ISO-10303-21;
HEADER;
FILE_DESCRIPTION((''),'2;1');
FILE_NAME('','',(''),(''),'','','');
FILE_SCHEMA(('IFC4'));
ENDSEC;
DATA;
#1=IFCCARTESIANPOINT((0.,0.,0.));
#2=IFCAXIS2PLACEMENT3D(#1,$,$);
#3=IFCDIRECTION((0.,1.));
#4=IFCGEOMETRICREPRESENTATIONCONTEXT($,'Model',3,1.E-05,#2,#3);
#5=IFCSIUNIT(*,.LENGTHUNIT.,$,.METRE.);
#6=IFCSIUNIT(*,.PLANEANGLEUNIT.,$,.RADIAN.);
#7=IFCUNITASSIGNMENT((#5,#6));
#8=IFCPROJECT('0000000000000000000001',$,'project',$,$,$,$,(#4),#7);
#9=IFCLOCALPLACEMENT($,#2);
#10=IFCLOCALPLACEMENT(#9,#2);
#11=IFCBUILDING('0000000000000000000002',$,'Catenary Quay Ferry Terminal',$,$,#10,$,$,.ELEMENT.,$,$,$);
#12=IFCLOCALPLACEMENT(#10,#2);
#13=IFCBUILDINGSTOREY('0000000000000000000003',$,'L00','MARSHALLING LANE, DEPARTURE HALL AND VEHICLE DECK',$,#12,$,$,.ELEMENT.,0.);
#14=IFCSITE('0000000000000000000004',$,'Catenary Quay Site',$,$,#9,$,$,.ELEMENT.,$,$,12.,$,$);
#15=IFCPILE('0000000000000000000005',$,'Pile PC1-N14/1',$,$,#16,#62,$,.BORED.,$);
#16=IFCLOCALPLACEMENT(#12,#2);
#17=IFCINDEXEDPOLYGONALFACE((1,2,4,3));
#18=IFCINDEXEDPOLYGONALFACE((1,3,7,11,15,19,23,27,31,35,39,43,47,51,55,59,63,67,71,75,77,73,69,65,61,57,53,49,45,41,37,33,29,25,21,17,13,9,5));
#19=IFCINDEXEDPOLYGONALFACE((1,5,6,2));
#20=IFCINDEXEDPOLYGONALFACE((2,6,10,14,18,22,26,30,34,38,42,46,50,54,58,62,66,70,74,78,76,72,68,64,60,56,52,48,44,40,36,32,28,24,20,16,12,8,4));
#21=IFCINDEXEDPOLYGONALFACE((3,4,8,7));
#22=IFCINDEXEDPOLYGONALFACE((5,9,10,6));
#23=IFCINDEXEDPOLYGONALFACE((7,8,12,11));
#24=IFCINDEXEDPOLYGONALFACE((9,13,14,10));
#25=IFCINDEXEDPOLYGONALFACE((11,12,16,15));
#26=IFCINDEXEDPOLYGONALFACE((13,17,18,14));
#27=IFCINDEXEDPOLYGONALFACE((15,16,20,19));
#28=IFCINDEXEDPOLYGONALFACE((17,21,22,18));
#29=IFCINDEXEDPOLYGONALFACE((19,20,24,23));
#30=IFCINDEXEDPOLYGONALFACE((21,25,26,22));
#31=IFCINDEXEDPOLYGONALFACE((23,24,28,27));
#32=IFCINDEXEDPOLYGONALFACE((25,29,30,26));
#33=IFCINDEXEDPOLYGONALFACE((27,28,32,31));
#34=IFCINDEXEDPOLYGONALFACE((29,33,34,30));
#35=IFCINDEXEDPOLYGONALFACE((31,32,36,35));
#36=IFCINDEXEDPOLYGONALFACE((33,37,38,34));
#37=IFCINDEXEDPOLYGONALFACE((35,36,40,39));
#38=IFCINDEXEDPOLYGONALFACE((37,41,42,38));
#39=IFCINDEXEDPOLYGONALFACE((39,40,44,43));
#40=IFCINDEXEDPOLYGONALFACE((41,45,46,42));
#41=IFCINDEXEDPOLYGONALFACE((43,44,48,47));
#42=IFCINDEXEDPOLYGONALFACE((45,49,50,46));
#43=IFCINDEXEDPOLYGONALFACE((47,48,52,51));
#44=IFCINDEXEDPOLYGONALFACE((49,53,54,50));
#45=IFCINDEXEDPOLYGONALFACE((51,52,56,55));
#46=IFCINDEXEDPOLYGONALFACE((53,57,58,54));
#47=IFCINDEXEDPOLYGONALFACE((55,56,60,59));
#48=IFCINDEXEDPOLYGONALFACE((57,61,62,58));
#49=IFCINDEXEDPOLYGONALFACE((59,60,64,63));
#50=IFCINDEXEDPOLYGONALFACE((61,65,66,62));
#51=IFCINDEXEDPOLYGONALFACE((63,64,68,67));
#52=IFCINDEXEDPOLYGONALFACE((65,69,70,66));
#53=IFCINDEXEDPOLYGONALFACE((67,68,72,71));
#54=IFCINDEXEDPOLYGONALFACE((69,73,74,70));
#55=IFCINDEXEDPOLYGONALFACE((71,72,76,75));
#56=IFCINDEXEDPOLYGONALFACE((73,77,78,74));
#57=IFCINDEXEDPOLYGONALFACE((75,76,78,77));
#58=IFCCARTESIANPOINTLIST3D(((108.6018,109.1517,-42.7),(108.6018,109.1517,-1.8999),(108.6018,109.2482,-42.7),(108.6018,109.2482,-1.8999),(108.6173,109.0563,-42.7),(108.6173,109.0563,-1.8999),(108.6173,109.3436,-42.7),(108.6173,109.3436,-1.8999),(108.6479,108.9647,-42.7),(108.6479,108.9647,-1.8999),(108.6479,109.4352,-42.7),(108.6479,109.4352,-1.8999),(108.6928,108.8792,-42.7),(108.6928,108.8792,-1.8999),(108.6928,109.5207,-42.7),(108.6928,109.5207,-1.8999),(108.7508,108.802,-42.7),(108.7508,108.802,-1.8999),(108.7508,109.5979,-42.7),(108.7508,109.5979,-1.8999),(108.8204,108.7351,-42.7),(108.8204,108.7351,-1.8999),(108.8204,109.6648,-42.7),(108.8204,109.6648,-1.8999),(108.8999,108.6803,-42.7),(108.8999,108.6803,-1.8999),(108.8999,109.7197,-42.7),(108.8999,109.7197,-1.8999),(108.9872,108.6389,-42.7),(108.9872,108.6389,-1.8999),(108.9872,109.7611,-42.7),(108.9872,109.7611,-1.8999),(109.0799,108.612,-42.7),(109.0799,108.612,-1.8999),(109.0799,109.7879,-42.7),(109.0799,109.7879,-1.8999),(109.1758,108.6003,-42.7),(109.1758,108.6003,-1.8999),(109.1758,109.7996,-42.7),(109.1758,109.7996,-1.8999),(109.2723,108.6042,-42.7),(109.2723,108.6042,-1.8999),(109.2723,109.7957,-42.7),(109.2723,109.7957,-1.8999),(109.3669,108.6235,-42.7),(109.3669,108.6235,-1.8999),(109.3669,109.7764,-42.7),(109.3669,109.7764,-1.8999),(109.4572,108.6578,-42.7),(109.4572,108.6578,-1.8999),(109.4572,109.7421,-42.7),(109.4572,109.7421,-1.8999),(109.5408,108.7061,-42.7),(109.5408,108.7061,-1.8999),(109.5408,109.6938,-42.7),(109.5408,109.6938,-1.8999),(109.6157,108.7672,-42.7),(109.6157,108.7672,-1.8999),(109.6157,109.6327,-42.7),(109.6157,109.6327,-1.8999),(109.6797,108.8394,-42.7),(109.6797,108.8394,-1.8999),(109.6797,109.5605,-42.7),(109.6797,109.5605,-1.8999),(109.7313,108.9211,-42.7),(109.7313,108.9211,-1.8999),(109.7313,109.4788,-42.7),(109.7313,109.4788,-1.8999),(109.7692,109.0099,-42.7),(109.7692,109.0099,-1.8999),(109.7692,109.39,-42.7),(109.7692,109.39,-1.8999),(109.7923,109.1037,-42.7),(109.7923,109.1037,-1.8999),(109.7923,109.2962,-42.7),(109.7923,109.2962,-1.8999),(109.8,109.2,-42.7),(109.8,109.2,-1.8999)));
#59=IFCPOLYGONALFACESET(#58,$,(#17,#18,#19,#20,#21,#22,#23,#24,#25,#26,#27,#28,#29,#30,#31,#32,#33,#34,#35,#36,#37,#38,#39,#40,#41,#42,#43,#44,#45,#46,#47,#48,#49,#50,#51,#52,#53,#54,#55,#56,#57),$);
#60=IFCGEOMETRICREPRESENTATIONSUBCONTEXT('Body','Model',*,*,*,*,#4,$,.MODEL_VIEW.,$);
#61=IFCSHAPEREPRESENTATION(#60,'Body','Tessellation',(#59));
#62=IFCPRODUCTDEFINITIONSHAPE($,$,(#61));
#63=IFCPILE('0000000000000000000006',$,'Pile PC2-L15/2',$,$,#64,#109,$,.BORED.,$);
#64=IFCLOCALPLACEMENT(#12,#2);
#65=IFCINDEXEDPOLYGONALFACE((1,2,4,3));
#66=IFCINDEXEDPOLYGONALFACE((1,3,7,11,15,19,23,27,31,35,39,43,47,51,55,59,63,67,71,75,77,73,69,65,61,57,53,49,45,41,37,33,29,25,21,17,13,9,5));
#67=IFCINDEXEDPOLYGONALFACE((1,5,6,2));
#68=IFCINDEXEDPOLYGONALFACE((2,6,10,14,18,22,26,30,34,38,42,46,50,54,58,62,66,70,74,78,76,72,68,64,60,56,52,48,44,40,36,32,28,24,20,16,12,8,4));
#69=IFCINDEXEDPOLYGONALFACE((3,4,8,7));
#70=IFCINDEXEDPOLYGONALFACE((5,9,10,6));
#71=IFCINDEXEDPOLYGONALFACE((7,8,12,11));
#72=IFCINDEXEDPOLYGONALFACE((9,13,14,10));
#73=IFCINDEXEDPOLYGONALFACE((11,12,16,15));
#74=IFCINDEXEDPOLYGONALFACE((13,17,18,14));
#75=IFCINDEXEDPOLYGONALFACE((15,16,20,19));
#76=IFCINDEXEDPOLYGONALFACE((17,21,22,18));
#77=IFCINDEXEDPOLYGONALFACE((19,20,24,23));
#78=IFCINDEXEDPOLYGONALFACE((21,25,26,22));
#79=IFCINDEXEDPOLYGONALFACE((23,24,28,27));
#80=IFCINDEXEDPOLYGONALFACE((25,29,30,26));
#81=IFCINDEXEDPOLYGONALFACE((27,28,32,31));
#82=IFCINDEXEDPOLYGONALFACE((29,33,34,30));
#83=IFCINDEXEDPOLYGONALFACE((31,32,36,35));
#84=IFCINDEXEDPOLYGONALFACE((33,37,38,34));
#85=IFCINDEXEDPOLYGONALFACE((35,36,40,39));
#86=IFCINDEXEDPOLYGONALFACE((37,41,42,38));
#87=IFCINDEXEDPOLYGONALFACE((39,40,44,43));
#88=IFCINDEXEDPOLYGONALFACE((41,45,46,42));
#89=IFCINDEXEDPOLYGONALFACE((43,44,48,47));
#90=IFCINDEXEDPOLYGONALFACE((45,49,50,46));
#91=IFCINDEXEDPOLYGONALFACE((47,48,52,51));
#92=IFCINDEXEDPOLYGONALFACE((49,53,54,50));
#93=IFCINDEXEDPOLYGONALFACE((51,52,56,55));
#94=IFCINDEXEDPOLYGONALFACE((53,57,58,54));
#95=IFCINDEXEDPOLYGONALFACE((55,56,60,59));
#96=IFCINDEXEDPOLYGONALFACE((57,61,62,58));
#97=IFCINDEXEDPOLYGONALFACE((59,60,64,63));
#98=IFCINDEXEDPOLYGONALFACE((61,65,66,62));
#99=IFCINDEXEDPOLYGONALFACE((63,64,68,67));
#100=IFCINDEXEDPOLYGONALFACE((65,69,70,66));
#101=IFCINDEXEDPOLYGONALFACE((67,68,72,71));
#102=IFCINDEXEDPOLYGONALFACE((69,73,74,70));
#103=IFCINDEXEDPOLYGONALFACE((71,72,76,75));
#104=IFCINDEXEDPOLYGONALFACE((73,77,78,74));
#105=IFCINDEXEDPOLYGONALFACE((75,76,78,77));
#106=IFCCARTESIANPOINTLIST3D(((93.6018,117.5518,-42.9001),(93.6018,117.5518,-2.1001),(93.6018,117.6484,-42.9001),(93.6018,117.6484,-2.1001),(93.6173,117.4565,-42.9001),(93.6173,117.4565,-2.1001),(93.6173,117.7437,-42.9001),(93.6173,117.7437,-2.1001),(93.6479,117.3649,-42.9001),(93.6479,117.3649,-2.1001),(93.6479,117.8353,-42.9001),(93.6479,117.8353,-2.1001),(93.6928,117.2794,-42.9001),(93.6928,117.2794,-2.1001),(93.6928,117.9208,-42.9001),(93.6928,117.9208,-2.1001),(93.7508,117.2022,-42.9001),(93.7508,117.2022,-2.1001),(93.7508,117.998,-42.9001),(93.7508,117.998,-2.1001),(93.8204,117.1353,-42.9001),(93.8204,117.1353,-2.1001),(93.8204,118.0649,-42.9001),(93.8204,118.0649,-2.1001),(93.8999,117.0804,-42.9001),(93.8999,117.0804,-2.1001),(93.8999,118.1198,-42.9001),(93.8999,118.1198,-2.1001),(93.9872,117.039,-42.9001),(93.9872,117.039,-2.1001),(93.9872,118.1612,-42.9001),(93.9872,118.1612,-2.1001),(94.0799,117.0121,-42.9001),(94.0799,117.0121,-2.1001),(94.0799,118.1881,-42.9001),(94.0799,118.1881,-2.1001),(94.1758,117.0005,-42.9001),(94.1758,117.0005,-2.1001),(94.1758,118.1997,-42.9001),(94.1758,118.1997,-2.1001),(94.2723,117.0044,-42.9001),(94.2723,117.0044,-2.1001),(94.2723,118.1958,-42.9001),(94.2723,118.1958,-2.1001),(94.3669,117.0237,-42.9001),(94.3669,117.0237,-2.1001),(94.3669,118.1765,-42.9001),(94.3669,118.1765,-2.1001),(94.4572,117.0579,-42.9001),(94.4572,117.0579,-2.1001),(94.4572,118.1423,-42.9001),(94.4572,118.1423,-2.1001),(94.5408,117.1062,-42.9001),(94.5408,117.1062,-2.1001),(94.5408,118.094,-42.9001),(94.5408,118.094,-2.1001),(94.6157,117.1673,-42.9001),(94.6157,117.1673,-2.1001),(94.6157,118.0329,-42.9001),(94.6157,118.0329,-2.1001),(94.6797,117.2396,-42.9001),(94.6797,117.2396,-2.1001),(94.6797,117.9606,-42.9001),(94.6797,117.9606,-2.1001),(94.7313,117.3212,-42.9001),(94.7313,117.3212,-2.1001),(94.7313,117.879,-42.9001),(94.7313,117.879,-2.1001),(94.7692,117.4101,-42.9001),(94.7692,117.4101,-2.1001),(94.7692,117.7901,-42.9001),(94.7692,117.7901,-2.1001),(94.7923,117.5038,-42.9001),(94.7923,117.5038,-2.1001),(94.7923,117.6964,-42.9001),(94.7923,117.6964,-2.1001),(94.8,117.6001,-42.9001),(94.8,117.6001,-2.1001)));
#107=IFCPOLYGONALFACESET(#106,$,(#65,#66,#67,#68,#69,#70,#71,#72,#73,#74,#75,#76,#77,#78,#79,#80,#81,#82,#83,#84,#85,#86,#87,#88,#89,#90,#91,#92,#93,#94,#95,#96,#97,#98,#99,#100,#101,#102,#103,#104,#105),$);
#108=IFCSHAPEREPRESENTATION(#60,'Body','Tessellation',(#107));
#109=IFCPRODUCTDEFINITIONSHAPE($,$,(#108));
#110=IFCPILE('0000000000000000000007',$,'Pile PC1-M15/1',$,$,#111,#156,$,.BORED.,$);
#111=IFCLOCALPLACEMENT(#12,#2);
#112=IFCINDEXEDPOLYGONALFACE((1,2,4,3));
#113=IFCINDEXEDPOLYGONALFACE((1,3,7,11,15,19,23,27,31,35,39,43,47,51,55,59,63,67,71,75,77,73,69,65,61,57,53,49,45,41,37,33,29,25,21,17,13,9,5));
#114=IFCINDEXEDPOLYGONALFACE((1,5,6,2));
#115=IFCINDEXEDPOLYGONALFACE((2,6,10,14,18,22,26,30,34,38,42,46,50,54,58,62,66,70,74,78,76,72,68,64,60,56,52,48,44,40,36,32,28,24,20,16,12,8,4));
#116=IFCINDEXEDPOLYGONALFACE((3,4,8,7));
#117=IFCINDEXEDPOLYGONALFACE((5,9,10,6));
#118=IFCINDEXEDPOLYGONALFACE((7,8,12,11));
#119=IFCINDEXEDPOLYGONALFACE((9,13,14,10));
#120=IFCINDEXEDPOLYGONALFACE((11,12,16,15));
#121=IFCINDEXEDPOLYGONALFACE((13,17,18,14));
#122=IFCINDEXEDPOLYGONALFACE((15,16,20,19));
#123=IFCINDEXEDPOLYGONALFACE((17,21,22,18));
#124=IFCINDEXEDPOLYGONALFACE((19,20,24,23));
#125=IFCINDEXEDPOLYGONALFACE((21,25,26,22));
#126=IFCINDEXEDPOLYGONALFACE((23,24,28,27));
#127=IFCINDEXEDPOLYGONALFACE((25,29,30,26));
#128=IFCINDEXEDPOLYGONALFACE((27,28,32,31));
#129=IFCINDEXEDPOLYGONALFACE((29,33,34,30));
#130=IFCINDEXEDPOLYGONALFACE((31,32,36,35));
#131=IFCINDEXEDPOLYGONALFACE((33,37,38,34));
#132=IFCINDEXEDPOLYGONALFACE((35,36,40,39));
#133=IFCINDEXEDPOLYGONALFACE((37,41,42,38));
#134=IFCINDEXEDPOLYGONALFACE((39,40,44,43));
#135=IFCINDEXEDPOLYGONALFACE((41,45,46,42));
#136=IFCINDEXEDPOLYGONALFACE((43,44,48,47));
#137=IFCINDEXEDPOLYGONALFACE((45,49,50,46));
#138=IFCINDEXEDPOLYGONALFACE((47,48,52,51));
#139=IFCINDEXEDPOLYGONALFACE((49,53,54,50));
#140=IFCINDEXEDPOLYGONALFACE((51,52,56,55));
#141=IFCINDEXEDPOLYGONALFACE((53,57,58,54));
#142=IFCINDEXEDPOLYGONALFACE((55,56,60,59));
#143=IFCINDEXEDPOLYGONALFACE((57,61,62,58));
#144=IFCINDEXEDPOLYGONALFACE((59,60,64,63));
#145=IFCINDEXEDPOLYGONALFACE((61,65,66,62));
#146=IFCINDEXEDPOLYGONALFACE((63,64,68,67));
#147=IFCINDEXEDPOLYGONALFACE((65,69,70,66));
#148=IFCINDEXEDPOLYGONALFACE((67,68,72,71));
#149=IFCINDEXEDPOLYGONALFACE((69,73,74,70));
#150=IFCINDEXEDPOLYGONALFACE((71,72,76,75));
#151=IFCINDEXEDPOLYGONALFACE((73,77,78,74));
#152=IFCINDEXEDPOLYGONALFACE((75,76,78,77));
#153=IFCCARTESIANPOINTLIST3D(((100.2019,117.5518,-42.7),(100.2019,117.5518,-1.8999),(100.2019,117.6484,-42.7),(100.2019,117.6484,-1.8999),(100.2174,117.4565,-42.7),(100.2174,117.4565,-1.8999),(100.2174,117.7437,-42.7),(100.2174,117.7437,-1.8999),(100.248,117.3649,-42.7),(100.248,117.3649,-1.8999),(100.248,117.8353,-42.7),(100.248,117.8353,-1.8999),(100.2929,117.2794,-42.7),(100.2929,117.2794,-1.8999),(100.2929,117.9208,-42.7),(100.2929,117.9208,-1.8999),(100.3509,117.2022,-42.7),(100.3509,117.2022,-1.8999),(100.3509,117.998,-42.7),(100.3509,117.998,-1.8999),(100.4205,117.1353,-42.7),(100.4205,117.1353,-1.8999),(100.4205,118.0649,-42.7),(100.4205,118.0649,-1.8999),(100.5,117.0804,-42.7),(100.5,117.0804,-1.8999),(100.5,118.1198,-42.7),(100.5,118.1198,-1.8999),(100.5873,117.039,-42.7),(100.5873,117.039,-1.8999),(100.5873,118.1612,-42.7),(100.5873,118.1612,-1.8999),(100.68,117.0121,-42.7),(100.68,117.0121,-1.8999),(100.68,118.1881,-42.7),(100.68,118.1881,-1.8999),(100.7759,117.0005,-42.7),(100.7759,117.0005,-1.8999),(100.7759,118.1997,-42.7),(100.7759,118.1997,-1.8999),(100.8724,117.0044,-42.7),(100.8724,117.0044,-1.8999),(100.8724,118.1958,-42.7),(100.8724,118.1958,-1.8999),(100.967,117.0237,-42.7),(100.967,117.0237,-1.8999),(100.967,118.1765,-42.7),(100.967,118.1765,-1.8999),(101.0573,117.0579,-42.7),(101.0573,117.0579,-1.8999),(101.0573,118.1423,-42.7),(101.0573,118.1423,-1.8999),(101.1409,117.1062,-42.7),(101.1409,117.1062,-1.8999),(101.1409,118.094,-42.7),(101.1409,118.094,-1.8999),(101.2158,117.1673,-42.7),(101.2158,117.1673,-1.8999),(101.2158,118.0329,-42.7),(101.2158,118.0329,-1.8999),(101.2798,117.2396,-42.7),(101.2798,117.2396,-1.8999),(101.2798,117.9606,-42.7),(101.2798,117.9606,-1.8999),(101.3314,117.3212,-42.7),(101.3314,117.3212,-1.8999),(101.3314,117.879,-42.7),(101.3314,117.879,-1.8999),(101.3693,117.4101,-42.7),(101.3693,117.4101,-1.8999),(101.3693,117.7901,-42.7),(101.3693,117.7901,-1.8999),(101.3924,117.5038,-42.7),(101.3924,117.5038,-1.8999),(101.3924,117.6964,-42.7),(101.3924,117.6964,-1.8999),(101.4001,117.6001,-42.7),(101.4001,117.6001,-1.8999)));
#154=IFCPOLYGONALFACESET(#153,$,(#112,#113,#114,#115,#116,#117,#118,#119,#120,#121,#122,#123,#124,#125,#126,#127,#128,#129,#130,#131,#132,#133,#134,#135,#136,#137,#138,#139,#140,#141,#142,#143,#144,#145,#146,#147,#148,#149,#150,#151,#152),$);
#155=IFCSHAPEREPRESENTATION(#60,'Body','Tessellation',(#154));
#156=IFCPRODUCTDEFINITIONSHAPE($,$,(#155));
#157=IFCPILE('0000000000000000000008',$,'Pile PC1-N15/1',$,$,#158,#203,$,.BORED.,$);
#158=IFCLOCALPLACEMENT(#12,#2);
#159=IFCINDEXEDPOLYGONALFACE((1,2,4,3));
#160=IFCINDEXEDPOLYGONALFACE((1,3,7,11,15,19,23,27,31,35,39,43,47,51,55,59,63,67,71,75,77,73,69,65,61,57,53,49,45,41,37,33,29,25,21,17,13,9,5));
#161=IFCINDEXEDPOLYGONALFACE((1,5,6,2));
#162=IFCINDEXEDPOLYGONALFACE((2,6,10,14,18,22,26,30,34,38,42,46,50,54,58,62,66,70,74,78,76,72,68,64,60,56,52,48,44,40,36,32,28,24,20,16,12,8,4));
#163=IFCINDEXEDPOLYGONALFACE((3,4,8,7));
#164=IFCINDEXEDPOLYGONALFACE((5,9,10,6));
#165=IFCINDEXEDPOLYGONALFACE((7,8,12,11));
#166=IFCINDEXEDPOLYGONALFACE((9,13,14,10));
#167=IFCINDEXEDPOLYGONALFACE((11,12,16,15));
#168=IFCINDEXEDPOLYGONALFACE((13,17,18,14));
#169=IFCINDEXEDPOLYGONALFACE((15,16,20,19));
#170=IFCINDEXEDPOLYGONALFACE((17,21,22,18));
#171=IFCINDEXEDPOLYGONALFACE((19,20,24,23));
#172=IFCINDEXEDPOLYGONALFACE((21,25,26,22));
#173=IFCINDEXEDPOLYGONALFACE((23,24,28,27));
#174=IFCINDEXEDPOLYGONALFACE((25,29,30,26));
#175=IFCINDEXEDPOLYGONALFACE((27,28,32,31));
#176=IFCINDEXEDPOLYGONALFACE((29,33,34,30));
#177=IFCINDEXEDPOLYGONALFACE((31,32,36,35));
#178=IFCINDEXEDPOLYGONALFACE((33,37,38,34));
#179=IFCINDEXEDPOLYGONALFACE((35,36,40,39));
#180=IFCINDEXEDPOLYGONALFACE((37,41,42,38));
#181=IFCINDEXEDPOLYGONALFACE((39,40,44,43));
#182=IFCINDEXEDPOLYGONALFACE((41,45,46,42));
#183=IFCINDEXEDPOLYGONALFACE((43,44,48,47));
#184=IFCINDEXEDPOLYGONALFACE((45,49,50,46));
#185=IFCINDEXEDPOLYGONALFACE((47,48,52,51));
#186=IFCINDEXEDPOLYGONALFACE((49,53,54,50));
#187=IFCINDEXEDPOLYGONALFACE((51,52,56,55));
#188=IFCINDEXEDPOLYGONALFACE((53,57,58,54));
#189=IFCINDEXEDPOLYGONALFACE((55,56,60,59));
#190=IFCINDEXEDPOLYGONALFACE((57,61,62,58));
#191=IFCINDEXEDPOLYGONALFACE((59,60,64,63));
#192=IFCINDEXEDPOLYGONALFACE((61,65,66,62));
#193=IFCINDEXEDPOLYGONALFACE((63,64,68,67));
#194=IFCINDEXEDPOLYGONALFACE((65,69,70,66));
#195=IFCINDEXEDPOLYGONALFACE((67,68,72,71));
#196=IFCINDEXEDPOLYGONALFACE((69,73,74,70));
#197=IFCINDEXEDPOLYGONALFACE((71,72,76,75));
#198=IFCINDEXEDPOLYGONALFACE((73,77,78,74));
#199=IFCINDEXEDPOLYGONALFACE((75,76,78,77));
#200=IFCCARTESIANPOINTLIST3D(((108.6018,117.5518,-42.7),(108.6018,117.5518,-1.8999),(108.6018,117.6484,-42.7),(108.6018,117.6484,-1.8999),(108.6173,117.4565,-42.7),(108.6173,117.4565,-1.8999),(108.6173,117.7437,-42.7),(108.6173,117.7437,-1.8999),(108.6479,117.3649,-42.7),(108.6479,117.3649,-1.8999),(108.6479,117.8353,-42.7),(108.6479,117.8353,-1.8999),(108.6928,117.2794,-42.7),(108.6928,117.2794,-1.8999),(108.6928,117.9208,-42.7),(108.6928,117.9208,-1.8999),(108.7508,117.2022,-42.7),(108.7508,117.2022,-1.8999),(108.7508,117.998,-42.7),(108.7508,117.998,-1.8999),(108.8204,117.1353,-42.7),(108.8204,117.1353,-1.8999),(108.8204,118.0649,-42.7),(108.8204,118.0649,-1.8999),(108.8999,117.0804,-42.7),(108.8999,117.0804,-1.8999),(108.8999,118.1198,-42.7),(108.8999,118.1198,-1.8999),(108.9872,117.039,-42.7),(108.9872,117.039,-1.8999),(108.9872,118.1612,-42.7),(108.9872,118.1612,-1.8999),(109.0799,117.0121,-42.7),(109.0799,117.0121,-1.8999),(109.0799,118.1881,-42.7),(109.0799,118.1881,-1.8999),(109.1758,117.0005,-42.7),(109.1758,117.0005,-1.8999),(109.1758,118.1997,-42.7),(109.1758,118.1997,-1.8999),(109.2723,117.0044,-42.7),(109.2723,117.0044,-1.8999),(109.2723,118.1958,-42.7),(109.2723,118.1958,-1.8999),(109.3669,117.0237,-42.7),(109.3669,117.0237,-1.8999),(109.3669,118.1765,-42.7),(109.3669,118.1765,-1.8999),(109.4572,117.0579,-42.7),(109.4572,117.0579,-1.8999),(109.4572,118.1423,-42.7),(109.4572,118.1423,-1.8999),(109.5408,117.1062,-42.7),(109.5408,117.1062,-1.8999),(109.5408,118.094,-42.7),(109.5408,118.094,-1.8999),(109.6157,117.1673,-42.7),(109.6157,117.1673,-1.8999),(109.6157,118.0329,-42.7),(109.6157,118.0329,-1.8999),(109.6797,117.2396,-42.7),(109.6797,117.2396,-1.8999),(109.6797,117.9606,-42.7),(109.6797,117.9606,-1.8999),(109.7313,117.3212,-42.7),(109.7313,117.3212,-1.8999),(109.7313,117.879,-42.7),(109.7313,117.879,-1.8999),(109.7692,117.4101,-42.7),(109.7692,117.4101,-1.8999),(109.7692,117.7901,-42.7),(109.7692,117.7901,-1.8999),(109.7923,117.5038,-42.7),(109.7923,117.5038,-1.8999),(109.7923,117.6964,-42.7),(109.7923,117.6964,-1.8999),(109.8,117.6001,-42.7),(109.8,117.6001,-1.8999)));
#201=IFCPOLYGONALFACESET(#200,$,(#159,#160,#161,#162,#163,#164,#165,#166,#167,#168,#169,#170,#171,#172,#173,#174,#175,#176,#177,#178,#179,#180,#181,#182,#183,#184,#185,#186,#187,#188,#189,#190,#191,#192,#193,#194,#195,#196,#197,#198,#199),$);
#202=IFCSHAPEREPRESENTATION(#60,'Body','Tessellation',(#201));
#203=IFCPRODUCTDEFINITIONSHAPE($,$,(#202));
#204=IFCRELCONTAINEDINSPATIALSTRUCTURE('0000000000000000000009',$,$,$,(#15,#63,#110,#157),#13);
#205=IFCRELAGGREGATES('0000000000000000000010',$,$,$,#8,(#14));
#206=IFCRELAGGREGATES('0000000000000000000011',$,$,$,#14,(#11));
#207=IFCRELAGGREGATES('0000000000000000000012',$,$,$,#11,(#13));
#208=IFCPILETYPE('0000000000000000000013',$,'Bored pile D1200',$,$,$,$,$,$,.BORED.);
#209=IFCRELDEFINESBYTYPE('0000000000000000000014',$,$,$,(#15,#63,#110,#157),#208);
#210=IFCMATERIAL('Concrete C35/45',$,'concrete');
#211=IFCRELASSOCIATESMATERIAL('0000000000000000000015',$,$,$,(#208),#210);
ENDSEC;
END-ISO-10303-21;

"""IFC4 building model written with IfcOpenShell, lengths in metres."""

from ifc_helpers import new_model, si_unit, direction, frame, origin, origin_2d, place, context, subcontext, project, spatial, circle, extrude, material, material_profile, profile_set, type_object, element, save


model = new_model("IFC4")

# Units and contexts
model_context = context("Model", 3, precision=1e-05, world=origin(), true_north=direction((0.0, 1.0)))
body_context = subcontext(model_context, "Body", "Model", "MODEL_VIEW")
ifc_project = project(units=[si_unit("LENGTHUNIT", "METRE"), si_unit("PLANEANGLEUNIT", "RADIAN")], contexts=[model_context])

# Site, building, storey
site_placement = place(None, origin())
site = spatial("IfcSite", under=ifc_project, at=site_placement, Name="Catenary Quay Site", CompositionType="ELEMENT", RefElevation=12.0)
building_placement = place(site_placement, origin())
building = spatial("IfcBuilding", under=site, at=building_placement, Name="Catenary Quay Ferry Terminal", CompositionType="ELEMENT")
storey_placement = place(building_placement, origin())
storey = spatial("IfcBuildingStorey", under=building, at=storey_placement, Name="L00", Description="MARSHALLING LANE, DEPARTURE HALL AND VEHICLE DECK", CompositionType="ELEMENT", Elevation=0.0)

# Piles
ifc_material_1 = material(Name="Concrete C35/45", Category="concrete")
ifc_material_profile_1 = material_profile(ifc_material_1, circle(Radius=0.6001, at=origin_2d()), Name="D1200")
ifc_profile_set_1 = profile_set([ifc_material_profile_1], Name="Concrete C35/45")
pile_type = type_object("IfcPileType", Name="Bored pile D1200", PredefinedType="BORED", material=ifc_profile_set_1)
for number, where, z_axis, x_axis, name in (
    (1, (109.2, 109.2, -1.8999), (0.0, 0.0, -1.0), (1.0, 0.0, 0.0), "Pile PC1-N14/1"),
    (2, (94.2, 117.6001, -2.1001), (0.0, 0.0, -1.0), (1.0, 0.0, 0.0), "Pile PC2-L15/2"),
    (3, (100.8, 117.6001, -1.8999), (0.0, 0.0, -1.0), (1.0, 0.0, 0.0), "Pile PC1-M15/1"),
    (4, (109.2, 117.6001, -1.8999), (0.0, 0.0, -1.0), (1.0, 0.0, 0.0), "Pile PC1-N15/1"),
):
    element("IfcPile", number, at=place(storey_placement, frame(where, z_axis=z_axis, x_axis=x_axis)), inside=storey, type_object=pile_type, Name=name, PredefinedType="BORED", context=body_context, shape_type="SweptSolid", body=[
        extrude(circle(Radius=0.6001, at=origin_2d()), origin(), (0.0, 0.0, 1.0), 40.8),
    ])

save(model, "model.ifc")
